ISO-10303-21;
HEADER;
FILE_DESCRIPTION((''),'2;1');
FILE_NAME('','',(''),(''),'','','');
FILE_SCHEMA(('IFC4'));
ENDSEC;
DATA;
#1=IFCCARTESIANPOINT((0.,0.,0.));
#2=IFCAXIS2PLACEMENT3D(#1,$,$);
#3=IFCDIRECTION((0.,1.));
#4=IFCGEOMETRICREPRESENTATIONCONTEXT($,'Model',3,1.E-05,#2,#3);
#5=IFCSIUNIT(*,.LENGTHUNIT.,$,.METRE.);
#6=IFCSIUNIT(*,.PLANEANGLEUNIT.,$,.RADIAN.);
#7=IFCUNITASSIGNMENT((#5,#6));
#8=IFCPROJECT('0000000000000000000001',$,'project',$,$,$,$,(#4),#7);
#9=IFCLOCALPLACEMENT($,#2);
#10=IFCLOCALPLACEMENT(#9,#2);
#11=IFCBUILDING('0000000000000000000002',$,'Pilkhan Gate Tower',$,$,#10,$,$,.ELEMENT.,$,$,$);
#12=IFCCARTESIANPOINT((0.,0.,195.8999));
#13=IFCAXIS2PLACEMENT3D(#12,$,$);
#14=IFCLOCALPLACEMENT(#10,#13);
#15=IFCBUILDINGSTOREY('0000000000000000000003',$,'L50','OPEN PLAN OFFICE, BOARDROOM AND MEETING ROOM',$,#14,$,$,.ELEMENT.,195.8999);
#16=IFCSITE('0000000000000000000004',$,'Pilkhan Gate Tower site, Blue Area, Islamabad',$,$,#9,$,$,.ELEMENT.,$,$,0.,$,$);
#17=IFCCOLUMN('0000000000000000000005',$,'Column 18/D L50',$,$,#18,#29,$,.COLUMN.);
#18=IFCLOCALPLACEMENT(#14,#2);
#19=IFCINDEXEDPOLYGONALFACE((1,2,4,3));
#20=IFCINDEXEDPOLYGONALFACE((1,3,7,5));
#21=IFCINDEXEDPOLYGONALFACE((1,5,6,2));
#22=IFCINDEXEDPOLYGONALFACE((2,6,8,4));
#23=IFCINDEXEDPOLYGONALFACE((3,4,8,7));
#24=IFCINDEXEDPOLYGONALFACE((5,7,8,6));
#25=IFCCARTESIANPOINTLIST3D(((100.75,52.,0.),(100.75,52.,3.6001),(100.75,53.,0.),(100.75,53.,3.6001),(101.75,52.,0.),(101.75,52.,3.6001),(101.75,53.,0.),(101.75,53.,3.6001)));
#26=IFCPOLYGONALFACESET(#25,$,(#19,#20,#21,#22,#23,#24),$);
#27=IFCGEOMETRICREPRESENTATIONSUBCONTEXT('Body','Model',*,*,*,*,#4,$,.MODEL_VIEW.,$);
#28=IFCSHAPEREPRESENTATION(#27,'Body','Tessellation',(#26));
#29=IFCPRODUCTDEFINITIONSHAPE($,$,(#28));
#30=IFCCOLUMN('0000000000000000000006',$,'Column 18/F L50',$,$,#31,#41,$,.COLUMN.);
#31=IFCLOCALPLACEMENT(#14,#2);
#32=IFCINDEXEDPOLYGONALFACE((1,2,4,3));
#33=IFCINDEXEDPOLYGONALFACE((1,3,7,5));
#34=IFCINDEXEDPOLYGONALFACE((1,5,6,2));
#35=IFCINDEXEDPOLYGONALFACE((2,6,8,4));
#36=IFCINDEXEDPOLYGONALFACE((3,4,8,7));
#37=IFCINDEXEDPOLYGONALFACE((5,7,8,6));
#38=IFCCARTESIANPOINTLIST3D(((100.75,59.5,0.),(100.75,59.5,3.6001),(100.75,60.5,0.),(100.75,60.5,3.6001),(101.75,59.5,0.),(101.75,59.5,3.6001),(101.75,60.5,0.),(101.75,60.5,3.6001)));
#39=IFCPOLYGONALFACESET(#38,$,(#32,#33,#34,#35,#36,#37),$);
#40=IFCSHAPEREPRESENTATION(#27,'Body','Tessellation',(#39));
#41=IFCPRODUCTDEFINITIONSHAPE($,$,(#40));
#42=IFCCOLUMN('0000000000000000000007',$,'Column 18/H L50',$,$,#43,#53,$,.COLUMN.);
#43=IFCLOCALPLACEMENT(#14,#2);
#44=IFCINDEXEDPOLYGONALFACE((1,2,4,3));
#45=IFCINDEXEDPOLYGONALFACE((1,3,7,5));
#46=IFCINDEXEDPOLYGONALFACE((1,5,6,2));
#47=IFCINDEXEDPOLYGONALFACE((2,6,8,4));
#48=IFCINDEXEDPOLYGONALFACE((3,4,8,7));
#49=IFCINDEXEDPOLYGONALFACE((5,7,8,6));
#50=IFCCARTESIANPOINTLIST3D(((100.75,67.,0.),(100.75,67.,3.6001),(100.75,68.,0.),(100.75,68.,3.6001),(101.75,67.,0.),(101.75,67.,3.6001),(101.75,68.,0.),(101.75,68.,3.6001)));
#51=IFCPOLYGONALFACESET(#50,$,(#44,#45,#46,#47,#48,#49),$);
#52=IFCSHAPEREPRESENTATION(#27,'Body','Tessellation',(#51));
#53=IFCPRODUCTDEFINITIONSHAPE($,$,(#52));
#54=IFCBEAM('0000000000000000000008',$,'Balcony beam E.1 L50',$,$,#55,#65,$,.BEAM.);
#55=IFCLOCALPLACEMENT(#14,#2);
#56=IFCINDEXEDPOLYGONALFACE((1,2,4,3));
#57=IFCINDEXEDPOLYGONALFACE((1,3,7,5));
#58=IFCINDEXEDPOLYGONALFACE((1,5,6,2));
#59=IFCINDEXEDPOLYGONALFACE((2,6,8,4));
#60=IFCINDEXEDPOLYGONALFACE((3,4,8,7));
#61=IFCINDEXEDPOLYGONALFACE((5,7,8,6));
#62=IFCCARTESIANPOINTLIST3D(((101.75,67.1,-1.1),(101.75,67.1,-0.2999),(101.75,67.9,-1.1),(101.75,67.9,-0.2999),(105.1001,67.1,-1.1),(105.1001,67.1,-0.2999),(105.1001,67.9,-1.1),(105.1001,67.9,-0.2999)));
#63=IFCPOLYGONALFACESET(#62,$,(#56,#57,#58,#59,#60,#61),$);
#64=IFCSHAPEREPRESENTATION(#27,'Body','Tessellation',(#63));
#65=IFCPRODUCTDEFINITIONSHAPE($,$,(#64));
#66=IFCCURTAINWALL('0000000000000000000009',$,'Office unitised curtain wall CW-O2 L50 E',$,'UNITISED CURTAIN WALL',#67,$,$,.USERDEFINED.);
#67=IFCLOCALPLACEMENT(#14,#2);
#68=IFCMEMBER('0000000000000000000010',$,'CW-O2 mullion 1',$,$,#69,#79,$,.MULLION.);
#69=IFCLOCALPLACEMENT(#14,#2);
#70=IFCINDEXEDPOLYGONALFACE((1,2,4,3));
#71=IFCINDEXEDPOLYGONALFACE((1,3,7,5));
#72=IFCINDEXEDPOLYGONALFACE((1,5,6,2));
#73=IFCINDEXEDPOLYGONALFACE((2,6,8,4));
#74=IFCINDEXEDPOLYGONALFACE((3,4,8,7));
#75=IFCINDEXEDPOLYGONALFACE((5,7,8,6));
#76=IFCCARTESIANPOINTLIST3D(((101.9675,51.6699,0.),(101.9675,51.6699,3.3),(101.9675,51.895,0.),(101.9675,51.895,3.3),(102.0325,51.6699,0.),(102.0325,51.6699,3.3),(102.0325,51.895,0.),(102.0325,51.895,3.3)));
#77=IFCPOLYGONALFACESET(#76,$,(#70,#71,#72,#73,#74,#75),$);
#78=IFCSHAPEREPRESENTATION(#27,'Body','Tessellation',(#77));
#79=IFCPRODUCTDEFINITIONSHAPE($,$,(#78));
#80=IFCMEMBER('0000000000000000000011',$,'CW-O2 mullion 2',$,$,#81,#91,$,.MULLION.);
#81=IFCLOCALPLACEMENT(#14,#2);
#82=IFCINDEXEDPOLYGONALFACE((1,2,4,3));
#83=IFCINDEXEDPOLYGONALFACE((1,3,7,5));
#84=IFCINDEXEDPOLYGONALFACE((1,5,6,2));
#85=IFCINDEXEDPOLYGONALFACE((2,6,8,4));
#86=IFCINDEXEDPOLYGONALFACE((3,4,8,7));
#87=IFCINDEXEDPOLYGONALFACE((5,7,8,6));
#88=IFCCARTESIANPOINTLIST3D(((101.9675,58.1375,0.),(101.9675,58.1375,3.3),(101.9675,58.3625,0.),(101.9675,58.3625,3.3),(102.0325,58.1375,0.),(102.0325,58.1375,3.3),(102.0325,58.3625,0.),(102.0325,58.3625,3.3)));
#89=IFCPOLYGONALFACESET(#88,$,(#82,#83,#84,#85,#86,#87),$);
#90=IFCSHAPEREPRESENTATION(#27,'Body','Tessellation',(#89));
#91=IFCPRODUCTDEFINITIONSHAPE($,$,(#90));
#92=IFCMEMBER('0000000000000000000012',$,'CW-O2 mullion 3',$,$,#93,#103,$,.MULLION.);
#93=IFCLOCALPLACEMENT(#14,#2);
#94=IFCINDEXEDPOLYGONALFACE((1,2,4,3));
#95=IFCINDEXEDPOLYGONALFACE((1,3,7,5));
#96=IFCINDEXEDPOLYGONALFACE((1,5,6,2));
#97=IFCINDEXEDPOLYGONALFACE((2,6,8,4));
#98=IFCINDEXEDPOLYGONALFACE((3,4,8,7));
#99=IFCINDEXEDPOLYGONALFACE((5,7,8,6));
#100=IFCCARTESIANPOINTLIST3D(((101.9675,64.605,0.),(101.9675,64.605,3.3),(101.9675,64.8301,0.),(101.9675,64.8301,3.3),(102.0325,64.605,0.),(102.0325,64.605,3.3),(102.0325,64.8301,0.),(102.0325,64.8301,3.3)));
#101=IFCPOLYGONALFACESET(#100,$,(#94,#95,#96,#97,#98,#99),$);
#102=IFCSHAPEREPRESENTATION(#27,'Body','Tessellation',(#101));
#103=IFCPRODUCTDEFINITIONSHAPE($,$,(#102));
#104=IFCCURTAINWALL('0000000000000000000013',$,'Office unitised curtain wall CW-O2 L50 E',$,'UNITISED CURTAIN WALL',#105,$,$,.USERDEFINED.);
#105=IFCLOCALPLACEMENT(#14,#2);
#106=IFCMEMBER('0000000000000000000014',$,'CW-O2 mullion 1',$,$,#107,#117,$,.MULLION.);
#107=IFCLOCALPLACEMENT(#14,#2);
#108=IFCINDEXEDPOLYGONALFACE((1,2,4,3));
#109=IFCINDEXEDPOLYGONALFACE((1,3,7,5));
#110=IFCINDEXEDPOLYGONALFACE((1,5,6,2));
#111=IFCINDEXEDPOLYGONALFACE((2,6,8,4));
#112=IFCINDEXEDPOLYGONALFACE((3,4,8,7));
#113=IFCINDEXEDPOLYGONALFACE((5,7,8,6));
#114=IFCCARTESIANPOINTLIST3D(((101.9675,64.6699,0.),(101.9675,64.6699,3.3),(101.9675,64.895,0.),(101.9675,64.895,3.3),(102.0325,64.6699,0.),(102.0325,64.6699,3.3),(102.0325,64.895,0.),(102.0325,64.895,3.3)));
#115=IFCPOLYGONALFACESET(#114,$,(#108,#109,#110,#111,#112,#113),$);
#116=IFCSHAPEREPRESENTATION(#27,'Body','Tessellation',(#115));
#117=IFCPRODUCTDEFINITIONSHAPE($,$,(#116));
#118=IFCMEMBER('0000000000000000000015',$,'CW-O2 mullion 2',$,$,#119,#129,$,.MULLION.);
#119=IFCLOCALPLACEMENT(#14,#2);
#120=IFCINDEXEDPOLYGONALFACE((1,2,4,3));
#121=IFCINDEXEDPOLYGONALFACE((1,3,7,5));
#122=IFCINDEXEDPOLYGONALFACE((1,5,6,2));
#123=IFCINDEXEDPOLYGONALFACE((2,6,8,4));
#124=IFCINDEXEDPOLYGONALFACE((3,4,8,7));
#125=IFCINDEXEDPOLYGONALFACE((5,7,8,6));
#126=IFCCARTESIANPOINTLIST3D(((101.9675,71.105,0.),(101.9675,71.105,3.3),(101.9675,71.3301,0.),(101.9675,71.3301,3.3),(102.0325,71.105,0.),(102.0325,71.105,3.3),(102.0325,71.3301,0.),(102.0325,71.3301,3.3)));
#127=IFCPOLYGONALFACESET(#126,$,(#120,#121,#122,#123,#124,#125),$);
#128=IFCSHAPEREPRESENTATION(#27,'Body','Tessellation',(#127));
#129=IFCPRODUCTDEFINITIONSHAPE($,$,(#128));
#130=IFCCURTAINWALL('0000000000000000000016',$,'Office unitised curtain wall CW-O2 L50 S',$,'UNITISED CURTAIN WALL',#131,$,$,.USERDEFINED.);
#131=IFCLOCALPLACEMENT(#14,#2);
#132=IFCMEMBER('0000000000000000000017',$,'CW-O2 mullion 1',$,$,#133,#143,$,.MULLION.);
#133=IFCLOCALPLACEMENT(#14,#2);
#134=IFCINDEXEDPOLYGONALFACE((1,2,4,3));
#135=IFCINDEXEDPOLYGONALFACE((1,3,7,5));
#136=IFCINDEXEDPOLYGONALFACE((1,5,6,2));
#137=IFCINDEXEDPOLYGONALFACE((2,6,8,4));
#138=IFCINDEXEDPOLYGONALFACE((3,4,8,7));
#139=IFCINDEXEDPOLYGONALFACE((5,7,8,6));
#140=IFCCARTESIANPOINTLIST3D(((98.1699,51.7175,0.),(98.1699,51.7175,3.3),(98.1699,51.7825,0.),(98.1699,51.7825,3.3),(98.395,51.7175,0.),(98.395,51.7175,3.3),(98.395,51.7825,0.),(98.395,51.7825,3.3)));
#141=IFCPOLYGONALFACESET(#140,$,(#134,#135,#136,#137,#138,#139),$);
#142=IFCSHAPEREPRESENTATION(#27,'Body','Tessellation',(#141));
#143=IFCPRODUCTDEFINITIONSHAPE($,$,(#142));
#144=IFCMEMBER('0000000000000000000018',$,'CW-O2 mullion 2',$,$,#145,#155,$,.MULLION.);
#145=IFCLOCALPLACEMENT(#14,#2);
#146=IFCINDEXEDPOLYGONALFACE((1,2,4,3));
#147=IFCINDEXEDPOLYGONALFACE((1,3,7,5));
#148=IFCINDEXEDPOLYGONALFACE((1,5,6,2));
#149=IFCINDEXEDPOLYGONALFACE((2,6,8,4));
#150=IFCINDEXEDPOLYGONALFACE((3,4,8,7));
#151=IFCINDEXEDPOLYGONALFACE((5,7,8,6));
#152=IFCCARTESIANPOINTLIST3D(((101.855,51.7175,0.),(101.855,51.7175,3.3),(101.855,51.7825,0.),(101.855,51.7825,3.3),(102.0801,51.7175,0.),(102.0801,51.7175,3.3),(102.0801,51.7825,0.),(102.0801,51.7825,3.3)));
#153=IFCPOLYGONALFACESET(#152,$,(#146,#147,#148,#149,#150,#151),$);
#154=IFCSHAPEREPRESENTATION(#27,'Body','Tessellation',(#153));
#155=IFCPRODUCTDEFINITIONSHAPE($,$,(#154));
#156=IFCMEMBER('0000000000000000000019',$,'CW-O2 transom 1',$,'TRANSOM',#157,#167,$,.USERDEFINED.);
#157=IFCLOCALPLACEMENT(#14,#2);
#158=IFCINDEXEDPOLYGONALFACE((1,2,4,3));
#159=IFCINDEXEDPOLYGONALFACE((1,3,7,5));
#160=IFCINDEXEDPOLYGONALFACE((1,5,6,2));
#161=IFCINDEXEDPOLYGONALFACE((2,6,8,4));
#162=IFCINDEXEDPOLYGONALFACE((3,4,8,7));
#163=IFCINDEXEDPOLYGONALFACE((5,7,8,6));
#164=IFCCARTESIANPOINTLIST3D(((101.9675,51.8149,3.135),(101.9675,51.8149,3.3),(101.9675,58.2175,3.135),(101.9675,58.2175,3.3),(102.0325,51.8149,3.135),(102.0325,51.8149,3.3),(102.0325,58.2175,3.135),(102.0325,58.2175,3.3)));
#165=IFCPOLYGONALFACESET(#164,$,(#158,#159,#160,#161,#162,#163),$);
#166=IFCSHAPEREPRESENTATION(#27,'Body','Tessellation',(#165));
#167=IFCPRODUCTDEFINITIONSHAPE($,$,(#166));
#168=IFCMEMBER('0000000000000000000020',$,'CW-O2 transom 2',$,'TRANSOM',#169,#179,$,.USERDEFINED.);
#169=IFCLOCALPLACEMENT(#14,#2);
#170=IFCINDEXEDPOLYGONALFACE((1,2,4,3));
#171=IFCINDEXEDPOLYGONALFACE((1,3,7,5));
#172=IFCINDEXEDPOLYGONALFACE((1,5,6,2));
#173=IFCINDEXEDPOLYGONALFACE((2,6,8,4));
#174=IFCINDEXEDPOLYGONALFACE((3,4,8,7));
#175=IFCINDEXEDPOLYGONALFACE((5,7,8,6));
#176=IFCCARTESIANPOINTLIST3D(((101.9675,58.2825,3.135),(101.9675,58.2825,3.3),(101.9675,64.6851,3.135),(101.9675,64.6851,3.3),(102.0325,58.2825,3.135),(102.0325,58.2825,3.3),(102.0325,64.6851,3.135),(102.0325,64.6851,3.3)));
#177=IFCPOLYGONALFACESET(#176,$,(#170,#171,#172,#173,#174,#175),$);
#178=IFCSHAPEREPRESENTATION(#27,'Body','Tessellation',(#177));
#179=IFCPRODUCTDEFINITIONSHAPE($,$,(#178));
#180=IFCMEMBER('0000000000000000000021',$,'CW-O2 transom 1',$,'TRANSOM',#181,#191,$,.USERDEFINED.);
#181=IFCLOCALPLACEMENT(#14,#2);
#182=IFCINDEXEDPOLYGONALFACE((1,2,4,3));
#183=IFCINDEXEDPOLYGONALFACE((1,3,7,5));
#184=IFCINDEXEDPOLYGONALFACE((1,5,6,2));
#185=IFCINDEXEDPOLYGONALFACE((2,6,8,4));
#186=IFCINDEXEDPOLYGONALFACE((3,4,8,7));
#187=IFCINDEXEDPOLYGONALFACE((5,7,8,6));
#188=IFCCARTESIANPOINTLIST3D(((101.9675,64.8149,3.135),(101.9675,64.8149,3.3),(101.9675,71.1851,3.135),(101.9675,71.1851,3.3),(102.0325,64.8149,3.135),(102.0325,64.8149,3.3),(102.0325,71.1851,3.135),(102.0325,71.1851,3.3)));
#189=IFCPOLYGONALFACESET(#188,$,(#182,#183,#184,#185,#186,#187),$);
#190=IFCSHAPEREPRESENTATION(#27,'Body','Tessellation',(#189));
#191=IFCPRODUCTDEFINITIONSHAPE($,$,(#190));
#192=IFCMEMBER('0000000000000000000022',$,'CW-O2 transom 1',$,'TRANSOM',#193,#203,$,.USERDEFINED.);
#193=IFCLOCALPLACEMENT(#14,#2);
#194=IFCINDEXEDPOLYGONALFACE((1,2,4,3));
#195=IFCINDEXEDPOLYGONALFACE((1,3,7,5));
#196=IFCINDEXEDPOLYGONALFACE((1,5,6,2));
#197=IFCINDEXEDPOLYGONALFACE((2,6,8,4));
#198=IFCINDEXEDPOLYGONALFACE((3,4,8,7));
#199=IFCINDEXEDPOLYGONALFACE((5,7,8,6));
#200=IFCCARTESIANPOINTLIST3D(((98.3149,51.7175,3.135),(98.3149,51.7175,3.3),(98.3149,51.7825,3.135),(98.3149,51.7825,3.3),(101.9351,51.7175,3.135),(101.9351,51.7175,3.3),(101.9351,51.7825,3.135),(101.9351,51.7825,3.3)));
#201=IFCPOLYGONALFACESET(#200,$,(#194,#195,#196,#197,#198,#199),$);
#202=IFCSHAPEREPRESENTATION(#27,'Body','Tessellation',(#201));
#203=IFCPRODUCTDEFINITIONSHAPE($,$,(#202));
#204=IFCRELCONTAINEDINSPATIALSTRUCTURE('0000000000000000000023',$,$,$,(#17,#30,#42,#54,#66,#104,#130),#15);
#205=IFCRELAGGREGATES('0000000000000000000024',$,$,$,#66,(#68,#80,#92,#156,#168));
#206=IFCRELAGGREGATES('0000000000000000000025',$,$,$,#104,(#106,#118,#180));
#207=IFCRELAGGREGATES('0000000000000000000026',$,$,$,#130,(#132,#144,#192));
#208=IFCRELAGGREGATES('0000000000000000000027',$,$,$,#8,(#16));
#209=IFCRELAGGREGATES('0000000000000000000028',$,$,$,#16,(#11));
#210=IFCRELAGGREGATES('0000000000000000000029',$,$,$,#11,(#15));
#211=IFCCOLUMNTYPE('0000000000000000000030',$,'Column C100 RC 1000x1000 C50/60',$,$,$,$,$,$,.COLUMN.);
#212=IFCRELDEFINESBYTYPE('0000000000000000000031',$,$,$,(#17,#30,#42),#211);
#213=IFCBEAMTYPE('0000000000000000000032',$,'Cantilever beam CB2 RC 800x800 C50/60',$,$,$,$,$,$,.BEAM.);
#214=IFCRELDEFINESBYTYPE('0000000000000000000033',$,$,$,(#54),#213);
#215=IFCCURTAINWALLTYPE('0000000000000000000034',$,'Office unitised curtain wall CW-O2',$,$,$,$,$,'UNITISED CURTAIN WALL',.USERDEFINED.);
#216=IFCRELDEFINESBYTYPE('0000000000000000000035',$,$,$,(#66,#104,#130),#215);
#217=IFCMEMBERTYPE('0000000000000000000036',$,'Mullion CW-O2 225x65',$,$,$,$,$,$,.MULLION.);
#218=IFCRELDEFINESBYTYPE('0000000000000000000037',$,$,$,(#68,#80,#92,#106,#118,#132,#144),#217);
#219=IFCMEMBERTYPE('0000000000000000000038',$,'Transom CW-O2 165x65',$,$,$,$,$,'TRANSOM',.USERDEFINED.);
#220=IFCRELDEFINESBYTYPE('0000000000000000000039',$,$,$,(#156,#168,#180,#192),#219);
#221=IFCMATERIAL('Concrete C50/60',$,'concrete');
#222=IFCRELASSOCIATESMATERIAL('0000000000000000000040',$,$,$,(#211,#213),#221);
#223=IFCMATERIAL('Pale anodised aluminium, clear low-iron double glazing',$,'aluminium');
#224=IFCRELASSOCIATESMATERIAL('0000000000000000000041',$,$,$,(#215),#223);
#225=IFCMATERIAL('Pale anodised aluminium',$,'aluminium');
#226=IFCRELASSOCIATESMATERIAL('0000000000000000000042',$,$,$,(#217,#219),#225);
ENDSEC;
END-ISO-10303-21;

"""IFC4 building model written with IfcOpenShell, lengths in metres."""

from ifc_helpers import new_model, si_unit, direction, frame, origin, origin_2d, place, context, subcontext, project, spatial, rectangle, extrude, material, material_profile, profile_set, type_object, element, aggregate, save


model = new_model("IFC4")

# Units and contexts
model_context = context("Model", 3, precision=1e-05, world=origin(), true_north=direction((0.0, 1.0)))
body_context = subcontext(model_context, "Body", "Model", "MODEL_VIEW")
ifc_project = project(units=[si_unit("LENGTHUNIT", "METRE"), si_unit("PLANEANGLEUNIT", "RADIAN")], contexts=[model_context])

# Site, building, storey
site_placement = place(None, origin())
site = spatial("IfcSite", under=ifc_project, at=site_placement, Name="Pilkhan Gate Tower site, Blue Area, Islamabad", CompositionType="ELEMENT", RefElevation=0.0)
building_placement = place(site_placement, origin())
building = spatial("IfcBuilding", under=site, at=building_placement, Name="Pilkhan Gate Tower", CompositionType="ELEMENT")
storey_placement = place(building_placement, frame((0.0, 0.0, 195.8999)))
storey = spatial("IfcBuildingStorey", under=building, at=storey_placement, Name="L50", Description="OPEN PLAN OFFICE, BOARDROOM AND MEETING ROOM", CompositionType="ELEMENT", Elevation=195.8999)

# Columns
ifc_material_1 = material(Name="Concrete C50/60", Category="concrete")
ifc_material_profile_1 = material_profile(ifc_material_1, rectangle(XDim=1.0, YDim=1.0, at=origin_2d()), Name="RC 1000x1000")
ifc_profile_set_1 = profile_set([ifc_material_profile_1], Name="Concrete C50/60")
column_type = type_object("IfcColumnType", Name="Column C100 RC 1000x1000 C50/60", PredefinedType="COLUMN", material=ifc_profile_set_1)
for number, where, z_axis, x_axis, name in (
    (1, (101.25, 52.5, 0.0), (0.0, 0.0, 1.0), (1.0, 0.0, 0.0), "Column 18/D L50"),
    (2, (101.25, 60.0, 0.0), (0.0, 0.0, 1.0), (1.0, 0.0, 0.0), "Column 18/F L50"),
    (3, (101.25, 67.5, 0.0), (0.0, 0.0, 1.0), (1.0, 0.0, 0.0), "Column 18/H L50"),
):
    element("IfcColumn", number, at=place(storey_placement, frame(where, z_axis=z_axis, x_axis=x_axis)), inside=storey, type_object=column_type, Name=name, PredefinedType="COLUMN", context=body_context, shape_type="SweptSolid", body=[
        extrude(rectangle(XDim=1.0, YDim=1.0, at=origin_2d()), origin(), (0.0, 0.0, 1.0), 3.6001),
    ])

# Beam
ifc_material_profile_2 = material_profile(ifc_material_1, rectangle(XDim=0.8, YDim=0.8, at=origin_2d()), Name="RC 800x800")
ifc_profile_set_2 = profile_set([ifc_material_profile_2], Name="Concrete C50/60")
beam_type = type_object("IfcBeamType", Name="Cantilever beam CB2 RC 800x800 C50/60", PredefinedType="BEAM", material=ifc_profile_set_2)
beam_placement = place(storey_placement, frame((101.75, 67.5, -0.7), z_axis=(1.0, 0.0, 0.0), x_axis=(0.0, 1.0, 0.0)))
element("IfcBeam", 4, at=beam_placement, inside=storey, type_object=beam_type, Name="Balcony beam E.1 L50", PredefinedType="BEAM", context=body_context, shape_type="SweptSolid", body=[
    extrude(rectangle(XDim=0.8, YDim=0.8, at=origin_2d()), origin(), (0.0, 0.0, 1.0), 3.3501),
])

# Curtain walls, members
ifc_material_2 = material(Name="Pale anodised aluminium, clear low-iron double glazing", Category="aluminium")
curtain_wall_type = type_object("IfcCurtainWallType", Name="Office unitised curtain wall CW-O2", ElementType="UNITISED CURTAIN WALL", PredefinedType="USERDEFINED", material=ifc_material_2)
curtain_wall_1_placement = place(storey_placement, origin())
curtain_wall_1 = element("IfcCurtainWall", 5, at=curtain_wall_1_placement, inside=storey, type_object=curtain_wall_type, Name="Office unitised curtain wall CW-O2 L50 E", ObjectType="UNITISED CURTAIN WALL", PredefinedType="USERDEFINED")
ifc_material_3 = material(Name="Pale anodised aluminium", Category="aluminium")
ifc_material_profile_3 = material_profile(ifc_material_3, rectangle(XDim=0.0649, YDim=0.2251, at=origin_2d()), Name="Mullion 225x65")
ifc_profile_set_3 = profile_set([ifc_material_profile_3], Name="Pale anodised aluminium")
member_type_1 = type_object("IfcMemberType", Name="Mullion CW-O2 225x65", PredefinedType="MULLION", material=ifc_profile_set_3)
member_1_placement = place(storey_placement, frame((102.0, 51.7825, 0.0), z_axis=(0.0, 0.0, 1.0), x_axis=(-1.0, 0.0, 0.0)))
member_1 = element("IfcMember", 6, at=member_1_placement, type_object=member_type_1, Name="CW-O2 mullion 1", PredefinedType="MULLION", context=body_context, shape_type="SweptSolid", body=[
    extrude(rectangle(XDim=0.0649, YDim=0.2251, at=origin_2d()), origin(), (0.0, 0.0, 1.0), 3.3),
])
member_2_placement = place(storey_placement, frame((102.0, 58.25, 0.0), z_axis=(0.0, 0.0, 1.0), x_axis=(-1.0, 0.0, 0.0)))
member_2 = element("IfcMember", 7, at=member_2_placement, type_object=member_type_1, Name="CW-O2 mullion 2", PredefinedType="MULLION", context=body_context, shape_type="SweptSolid", body=[
    extrude(rectangle(XDim=0.0649, YDim=0.2251, at=origin_2d()), origin(), (0.0, 0.0, 1.0), 3.3),
])
member_3_placement = place(storey_placement, frame((102.0, 64.7175, 0.0), z_axis=(0.0, 0.0, 1.0), x_axis=(-1.0, 0.0, 0.0)))
member_3 = element("IfcMember", 8, at=member_3_placement, type_object=member_type_1, Name="CW-O2 mullion 3", PredefinedType="MULLION", context=body_context, shape_type="SweptSolid", body=[
    extrude(rectangle(XDim=0.0649, YDim=0.2251, at=origin_2d()), origin(), (0.0, 0.0, 1.0), 3.3),
])
curtain_wall_2_placement = place(storey_placement, origin())
curtain_wall_2 = element("IfcCurtainWall", 9, at=curtain_wall_2_placement, inside=storey, type_object=curtain_wall_type, Name="Office unitised curtain wall CW-O2 L50 E", ObjectType="UNITISED CURTAIN WALL", PredefinedType="USERDEFINED")
member_4_placement = place(storey_placement, frame((102.0, 64.7825, 0.0), z_axis=(0.0, 0.0, 1.0), x_axis=(-1.0, 0.0, 0.0)))
member_4 = element("IfcMember", 10, at=member_4_placement, type_object=member_type_1, Name="CW-O2 mullion 1", PredefinedType="MULLION", context=body_context, shape_type="SweptSolid", body=[
    extrude(rectangle(XDim=0.0649, YDim=0.2251, at=origin_2d()), origin(), (0.0, 0.0, 1.0), 3.3),
])
member_5_placement = place(storey_placement, frame((102.0, 71.2175, 0.0), z_axis=(0.0, 0.0, 1.0), x_axis=(-1.0, 0.0, 0.0)))
member_5 = element("IfcMember", 11, at=member_5_placement, type_object=member_type_1, Name="CW-O2 mullion 2", PredefinedType="MULLION", context=body_context, shape_type="SweptSolid", body=[
    extrude(rectangle(XDim=0.0649, YDim=0.2251, at=origin_2d()), origin(), (0.0, 0.0, 1.0), 3.3),
])
curtain_wall_3_placement = place(storey_placement, origin())
curtain_wall_3 = element("IfcCurtainWall", 12, at=curtain_wall_3_placement, inside=storey, type_object=curtain_wall_type, Name="Office unitised curtain wall CW-O2 L50 S", ObjectType="UNITISED CURTAIN WALL", PredefinedType="USERDEFINED")
member_6_placement = place(storey_placement, frame((98.2825, 51.75, 0.0), z_axis=(0.0, 0.0, 1.0), x_axis=(0.0, 1.0, 0.0)))
member_6 = element("IfcMember", 13, at=member_6_placement, type_object=member_type_1, Name="CW-O2 mullion 1", PredefinedType="MULLION", context=body_context, shape_type="SweptSolid", body=[
    extrude(rectangle(XDim=0.0649, YDim=0.2251, at=origin_2d()), origin(), (0.0, 0.0, 1.0), 3.3),
])
member_7_placement = place(storey_placement, frame((101.9675, 51.75, 0.0), z_axis=(0.0, 0.0, 1.0), x_axis=(0.0, 1.0, 0.0)))
member_7 = element("IfcMember", 14, at=member_7_placement, type_object=member_type_1, Name="CW-O2 mullion 2", PredefinedType="MULLION", context=body_context, shape_type="SweptSolid", body=[
    extrude(rectangle(XDim=0.0649, YDim=0.2251, at=origin_2d()), origin(), (0.0, 0.0, 1.0), 3.3),
])

# Members
ifc_material_profile_4 = material_profile(ifc_material_3, rectangle(XDim=0.0649, YDim=0.165, at=origin_2d()), Name="Transom 165x65")
ifc_profile_set_4 = profile_set([ifc_material_profile_4], Name="Pale anodised aluminium")
member_type_2 = type_object("IfcMemberType", Name="Transom CW-O2 165x65", ElementType="TRANSOM", PredefinedType="USERDEFINED", material=ifc_profile_set_4)
member_8_placement = place(storey_placement, frame((102.0, 51.8149, 3.2175), z_axis=(0.0, 1.0, 0.0), x_axis=(-1.0, 0.0, 0.0)))
member_8 = element("IfcMember", 15, at=member_8_placement, type_object=member_type_2, Name="CW-O2 transom 1", ObjectType="TRANSOM", PredefinedType="USERDEFINED", context=body_context, shape_type="SweptSolid", body=[
    extrude(rectangle(XDim=0.0649, YDim=0.165, at=origin_2d()), origin(), (0.0, 0.0, 1.0), 6.4026),
])
member_9_placement = place(storey_placement, frame((102.0, 58.2825, 3.2175), z_axis=(0.0, 1.0, 0.0), x_axis=(-1.0, 0.0, 0.0)))
member_9 = element("IfcMember", 16, at=member_9_placement, type_object=member_type_2, Name="CW-O2 transom 2", ObjectType="TRANSOM", PredefinedType="USERDEFINED", context=body_context, shape_type="SweptSolid", body=[
    extrude(rectangle(XDim=0.0649, YDim=0.165, at=origin_2d()), origin(), (0.0, 0.0, 1.0), 6.4026),
])
member_10_placement = place(storey_placement, frame((102.0, 64.8149, 3.2175), z_axis=(0.0, 1.0, 0.0), x_axis=(-1.0, 0.0, 0.0)))
member_10 = element("IfcMember", 17, at=member_10_placement, type_object=member_type_2, Name="CW-O2 transom 1", ObjectType="TRANSOM", PredefinedType="USERDEFINED", context=body_context, shape_type="SweptSolid", body=[
    extrude(rectangle(XDim=0.0649, YDim=0.165, at=origin_2d()), origin(), (0.0, 0.0, 1.0), 6.3701),
])
member_11_placement = place(storey_placement, frame((98.3149, 51.75, 3.2175), z_axis=(1.0, 0.0, 0.0), x_axis=(0.0, 1.0, 0.0)))
member_11 = element("IfcMember", 18, at=member_11_placement, type_object=member_type_2, Name="CW-O2 transom 1", ObjectType="TRANSOM", PredefinedType="USERDEFINED", context=body_context, shape_type="SweptSolid", body=[
    extrude(rectangle(XDim=0.0649, YDim=0.165, at=origin_2d()), origin(), (0.0, 0.0, 1.0), 3.6201),
])

aggregate(curtain_wall_1, [member_1, member_2, member_3, member_8, member_9])
aggregate(curtain_wall_2, [member_4, member_5, member_10])
aggregate(curtain_wall_3, [member_6, member_7, member_11])

save(model, "model.ifc")
